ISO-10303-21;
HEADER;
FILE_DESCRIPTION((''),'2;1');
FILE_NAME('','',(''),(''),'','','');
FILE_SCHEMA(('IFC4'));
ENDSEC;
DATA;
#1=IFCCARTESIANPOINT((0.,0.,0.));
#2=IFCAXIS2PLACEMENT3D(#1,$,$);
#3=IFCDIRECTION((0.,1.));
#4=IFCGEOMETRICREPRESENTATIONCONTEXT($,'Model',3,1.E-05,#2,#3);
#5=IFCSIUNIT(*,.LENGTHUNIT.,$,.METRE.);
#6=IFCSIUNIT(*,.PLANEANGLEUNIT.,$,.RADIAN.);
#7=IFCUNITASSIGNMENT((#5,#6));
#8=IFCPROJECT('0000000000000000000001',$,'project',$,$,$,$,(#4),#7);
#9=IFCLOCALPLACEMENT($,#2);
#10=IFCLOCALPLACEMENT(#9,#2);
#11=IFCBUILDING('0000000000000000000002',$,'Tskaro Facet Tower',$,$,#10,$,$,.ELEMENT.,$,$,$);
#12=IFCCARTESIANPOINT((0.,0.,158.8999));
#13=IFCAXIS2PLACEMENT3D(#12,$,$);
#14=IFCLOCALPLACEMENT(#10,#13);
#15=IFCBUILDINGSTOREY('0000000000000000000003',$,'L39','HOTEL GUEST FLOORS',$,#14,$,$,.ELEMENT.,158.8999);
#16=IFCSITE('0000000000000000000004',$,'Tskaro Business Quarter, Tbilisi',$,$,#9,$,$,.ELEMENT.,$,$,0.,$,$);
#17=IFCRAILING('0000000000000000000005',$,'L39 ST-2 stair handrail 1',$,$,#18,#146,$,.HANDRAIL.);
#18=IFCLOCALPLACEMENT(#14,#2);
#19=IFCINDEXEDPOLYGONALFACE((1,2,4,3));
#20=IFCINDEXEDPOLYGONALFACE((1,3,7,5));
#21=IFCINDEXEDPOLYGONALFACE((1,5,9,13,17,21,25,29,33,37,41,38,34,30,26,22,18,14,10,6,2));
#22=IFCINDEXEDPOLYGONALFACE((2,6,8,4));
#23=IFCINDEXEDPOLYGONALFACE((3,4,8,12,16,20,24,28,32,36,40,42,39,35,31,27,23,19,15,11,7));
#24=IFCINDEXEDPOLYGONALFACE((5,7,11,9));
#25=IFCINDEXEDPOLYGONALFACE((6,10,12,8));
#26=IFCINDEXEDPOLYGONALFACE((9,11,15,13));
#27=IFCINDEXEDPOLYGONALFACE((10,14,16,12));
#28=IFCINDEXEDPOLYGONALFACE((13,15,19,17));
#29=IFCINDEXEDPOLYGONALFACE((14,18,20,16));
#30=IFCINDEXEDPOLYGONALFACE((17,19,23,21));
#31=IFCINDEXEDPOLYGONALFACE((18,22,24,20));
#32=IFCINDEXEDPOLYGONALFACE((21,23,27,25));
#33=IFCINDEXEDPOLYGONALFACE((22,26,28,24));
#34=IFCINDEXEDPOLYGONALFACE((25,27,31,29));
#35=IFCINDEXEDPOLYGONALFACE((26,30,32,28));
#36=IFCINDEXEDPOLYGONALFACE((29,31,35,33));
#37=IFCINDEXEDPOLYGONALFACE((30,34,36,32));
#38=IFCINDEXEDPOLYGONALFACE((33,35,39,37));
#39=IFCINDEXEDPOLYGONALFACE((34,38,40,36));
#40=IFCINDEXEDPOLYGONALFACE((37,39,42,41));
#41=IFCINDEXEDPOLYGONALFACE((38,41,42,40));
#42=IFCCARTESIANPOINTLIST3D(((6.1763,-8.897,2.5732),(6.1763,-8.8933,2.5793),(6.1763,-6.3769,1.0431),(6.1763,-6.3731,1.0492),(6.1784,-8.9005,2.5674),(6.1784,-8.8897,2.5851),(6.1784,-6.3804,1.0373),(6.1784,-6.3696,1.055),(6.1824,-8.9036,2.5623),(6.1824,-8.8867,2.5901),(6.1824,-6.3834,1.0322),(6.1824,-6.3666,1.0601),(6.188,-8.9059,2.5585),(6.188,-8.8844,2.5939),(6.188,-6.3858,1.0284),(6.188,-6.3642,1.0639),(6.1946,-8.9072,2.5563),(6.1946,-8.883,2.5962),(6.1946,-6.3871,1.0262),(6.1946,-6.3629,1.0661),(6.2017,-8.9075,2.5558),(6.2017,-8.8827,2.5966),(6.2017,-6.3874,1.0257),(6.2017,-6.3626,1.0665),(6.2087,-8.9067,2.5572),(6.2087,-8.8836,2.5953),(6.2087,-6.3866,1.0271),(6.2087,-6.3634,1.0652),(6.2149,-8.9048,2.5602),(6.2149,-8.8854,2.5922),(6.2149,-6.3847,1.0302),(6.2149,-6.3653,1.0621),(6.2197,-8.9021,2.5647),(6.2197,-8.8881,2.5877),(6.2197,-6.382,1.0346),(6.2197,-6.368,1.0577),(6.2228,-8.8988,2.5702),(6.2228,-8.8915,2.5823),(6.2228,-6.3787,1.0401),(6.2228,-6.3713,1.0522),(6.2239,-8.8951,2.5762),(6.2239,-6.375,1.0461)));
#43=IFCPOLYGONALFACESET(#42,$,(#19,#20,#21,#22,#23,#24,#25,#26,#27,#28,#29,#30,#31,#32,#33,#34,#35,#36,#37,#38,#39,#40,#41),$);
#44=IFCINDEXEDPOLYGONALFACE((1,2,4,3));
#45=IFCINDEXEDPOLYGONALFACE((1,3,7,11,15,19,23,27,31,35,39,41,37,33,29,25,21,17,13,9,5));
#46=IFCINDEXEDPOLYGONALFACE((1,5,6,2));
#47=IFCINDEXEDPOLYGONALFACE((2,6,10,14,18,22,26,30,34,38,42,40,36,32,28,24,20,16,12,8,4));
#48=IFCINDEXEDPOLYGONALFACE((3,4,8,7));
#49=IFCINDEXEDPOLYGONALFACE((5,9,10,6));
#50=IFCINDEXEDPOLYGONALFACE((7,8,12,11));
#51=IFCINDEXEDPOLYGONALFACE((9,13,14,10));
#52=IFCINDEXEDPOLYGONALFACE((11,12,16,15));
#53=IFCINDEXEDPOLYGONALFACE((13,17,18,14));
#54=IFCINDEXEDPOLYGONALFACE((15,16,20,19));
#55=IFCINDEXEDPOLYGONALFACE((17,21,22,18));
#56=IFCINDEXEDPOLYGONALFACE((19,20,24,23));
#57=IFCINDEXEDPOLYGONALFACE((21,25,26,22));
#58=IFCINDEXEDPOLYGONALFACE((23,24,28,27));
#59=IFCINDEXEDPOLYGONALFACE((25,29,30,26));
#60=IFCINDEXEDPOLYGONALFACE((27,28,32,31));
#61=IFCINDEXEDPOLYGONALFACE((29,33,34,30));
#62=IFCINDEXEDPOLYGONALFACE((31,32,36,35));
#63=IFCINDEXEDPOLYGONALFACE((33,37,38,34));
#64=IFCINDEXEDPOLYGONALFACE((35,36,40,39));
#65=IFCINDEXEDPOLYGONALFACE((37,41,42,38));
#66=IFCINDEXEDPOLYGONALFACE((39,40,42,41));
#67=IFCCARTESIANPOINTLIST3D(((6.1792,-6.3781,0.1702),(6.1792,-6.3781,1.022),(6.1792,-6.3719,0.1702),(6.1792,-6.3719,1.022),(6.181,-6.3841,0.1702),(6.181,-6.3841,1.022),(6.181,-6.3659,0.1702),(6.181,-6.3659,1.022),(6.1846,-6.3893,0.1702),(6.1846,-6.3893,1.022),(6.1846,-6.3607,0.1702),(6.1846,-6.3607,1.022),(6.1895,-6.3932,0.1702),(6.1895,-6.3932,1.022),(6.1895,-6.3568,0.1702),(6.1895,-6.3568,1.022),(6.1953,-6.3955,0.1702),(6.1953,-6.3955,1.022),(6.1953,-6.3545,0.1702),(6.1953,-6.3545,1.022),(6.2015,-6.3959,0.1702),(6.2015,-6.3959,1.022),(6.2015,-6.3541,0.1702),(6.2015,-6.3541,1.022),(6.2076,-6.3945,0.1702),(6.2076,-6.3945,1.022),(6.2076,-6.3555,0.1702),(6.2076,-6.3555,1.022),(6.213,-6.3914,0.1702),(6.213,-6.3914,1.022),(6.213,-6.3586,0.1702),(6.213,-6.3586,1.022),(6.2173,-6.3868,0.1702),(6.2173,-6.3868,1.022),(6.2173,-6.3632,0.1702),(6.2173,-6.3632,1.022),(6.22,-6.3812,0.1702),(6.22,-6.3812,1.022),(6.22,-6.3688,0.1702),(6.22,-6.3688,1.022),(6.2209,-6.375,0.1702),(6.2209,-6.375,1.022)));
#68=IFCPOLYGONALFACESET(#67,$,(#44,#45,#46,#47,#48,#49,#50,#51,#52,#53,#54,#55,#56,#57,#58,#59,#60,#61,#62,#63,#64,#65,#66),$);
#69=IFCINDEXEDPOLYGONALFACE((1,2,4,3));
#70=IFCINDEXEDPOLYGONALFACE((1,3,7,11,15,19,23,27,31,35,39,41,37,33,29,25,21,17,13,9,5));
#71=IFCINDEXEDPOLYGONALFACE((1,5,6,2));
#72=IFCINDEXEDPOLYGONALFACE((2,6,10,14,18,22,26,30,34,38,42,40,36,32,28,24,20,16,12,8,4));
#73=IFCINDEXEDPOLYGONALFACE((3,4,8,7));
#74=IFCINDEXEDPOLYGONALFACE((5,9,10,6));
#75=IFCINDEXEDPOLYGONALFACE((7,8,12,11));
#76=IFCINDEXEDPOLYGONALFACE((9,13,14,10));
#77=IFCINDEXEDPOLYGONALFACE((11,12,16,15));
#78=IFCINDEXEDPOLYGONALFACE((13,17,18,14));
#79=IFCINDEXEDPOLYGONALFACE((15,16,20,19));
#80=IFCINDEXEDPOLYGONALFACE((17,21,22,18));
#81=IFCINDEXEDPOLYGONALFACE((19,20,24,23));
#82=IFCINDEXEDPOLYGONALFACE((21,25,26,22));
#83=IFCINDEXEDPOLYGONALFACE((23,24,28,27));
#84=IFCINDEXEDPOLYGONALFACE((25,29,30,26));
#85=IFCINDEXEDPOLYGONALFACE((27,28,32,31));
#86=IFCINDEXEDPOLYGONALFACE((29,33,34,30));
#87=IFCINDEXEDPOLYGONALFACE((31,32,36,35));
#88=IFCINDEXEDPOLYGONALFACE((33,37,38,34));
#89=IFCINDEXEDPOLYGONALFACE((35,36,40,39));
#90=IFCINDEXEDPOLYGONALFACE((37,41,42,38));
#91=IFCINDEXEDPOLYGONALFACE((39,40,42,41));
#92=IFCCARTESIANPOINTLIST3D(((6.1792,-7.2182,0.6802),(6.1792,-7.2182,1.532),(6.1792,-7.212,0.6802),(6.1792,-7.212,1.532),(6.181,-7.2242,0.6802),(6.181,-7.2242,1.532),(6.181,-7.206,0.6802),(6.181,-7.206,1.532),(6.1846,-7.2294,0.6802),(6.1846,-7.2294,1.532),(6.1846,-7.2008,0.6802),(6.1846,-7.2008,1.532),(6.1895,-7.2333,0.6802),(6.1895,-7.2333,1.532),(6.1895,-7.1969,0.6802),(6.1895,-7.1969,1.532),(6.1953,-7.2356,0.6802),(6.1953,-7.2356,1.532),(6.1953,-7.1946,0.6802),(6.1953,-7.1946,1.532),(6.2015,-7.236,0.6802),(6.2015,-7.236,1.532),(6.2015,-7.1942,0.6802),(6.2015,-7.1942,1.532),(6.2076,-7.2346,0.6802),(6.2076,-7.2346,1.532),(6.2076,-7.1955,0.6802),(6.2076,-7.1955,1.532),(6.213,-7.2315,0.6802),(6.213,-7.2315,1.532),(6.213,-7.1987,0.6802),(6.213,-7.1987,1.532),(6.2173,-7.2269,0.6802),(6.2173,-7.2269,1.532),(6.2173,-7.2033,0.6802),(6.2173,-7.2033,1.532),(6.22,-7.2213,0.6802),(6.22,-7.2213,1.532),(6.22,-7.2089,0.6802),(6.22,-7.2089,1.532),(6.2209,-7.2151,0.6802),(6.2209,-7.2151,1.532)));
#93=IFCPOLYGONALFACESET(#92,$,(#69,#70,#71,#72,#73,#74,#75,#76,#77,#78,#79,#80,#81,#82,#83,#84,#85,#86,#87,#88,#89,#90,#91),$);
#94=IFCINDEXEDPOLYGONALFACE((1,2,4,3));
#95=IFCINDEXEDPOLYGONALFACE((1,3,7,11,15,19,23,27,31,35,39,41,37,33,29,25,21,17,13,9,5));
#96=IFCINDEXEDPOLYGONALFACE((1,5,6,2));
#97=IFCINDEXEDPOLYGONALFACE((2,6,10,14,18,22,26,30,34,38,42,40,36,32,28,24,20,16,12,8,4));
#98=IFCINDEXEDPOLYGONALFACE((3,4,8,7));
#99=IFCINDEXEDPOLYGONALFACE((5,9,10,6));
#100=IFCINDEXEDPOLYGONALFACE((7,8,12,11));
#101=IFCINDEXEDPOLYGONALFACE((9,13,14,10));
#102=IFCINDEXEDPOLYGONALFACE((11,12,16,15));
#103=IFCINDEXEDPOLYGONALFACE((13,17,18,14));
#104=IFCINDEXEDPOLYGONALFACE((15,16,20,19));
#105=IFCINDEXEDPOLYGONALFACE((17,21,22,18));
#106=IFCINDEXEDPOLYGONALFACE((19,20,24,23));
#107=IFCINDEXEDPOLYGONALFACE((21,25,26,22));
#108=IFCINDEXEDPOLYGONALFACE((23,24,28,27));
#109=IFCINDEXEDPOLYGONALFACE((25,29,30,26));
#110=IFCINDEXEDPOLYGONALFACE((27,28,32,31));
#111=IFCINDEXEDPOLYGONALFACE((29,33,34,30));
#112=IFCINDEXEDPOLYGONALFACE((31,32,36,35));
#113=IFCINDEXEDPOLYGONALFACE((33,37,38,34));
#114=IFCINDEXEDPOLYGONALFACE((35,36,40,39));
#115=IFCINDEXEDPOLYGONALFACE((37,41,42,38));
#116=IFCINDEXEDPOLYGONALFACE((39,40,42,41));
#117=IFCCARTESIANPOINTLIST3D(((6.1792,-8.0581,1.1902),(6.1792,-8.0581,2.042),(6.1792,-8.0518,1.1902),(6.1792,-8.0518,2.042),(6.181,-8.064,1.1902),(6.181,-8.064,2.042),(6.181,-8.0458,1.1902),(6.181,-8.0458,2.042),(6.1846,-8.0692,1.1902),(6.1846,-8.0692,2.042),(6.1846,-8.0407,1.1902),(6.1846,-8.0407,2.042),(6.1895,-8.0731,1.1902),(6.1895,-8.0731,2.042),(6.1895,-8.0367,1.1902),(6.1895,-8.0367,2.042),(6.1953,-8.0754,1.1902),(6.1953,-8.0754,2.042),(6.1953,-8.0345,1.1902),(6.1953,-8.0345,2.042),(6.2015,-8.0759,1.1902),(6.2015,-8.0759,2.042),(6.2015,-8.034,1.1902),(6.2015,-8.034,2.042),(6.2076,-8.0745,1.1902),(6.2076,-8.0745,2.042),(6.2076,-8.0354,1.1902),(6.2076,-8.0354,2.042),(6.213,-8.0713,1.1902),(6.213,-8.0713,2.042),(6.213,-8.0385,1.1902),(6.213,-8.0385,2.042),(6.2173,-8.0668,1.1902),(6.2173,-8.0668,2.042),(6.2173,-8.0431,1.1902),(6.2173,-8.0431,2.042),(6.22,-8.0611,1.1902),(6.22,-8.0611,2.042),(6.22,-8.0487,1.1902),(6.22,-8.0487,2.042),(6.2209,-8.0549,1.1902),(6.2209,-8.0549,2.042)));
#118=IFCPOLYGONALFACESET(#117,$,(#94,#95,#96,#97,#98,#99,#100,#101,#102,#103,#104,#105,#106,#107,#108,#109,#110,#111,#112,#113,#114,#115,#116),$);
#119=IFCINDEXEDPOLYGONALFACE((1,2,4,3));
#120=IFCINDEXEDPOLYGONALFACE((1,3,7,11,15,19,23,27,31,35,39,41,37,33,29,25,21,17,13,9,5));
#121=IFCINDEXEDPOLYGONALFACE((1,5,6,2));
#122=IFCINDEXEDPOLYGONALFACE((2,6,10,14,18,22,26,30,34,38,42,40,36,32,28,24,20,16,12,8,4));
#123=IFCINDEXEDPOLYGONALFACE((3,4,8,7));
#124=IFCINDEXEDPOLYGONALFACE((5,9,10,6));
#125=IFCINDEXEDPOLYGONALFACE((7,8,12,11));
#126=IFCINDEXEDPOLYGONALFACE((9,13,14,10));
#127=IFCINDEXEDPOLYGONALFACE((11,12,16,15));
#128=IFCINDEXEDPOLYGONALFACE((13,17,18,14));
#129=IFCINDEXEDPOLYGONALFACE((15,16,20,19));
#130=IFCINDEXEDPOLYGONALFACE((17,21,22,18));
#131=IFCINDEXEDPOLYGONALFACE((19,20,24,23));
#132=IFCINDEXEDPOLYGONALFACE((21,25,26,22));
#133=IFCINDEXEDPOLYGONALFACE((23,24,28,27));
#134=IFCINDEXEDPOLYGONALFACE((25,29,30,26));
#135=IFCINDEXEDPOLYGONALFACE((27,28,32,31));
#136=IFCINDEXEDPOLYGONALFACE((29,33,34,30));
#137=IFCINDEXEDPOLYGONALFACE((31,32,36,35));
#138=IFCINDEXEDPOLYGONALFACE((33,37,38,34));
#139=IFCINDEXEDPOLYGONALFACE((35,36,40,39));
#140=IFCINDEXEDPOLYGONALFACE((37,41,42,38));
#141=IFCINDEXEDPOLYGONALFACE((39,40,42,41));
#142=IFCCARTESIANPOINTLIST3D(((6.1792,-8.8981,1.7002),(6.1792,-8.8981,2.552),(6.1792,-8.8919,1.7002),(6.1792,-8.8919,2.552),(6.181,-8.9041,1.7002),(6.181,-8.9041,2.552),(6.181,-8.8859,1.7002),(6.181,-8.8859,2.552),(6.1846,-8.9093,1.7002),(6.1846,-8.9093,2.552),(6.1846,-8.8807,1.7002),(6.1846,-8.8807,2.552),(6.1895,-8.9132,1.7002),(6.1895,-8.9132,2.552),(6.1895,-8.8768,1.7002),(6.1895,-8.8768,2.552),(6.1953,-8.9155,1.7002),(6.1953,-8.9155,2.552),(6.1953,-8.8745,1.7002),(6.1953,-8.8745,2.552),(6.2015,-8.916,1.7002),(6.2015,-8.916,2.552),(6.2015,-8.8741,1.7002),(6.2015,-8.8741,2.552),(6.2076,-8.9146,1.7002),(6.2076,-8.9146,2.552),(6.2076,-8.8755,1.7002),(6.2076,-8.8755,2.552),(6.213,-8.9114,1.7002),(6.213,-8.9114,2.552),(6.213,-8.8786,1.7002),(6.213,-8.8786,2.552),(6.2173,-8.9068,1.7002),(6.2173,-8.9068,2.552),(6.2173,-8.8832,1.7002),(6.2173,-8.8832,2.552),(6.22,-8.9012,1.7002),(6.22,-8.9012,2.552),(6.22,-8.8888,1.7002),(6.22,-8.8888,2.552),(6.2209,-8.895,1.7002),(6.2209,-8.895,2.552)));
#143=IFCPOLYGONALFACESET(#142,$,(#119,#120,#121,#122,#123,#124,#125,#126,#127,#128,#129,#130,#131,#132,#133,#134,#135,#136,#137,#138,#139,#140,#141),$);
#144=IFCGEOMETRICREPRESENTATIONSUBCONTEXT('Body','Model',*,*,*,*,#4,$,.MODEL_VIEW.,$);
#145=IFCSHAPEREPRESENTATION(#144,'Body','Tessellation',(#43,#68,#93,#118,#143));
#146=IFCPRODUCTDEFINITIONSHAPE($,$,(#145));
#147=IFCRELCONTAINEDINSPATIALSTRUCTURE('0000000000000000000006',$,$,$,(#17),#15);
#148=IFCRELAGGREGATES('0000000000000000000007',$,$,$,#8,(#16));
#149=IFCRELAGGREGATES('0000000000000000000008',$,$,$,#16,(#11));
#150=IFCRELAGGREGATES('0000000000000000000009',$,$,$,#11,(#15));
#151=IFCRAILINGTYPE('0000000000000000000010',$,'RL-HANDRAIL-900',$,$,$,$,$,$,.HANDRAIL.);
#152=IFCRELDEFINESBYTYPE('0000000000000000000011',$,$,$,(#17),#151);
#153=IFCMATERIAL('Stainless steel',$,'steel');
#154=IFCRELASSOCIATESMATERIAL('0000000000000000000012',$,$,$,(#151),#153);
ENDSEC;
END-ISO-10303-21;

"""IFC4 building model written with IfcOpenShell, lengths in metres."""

from ifc_helpers import new_model, si_unit, direction, frame, origin, origin_2d, place, context, subcontext, project, spatial, circle, extrude, material, type_object, element, save


model = new_model("IFC4")

# Units and contexts
model_context = context("Model", 3, precision=1e-05, world=origin(), true_north=direction((0.0, 1.0)))
body_context = subcontext(model_context, "Body", "Model", "MODEL_VIEW")
ifc_project = project(units=[si_unit("LENGTHUNIT", "METRE"), si_unit("PLANEANGLEUNIT", "RADIAN")], contexts=[model_context])

# Site, building, storey
site_placement = place(None, origin())
site = spatial("IfcSite", under=ifc_project, at=site_placement, Name="Tskaro Business Quarter, Tbilisi", CompositionType="ELEMENT", RefElevation=0.0)
building_placement = place(site_placement, origin())
building = spatial("IfcBuilding", under=site, at=building_placement, Name="Tskaro Facet Tower", CompositionType="ELEMENT")
storey_placement = place(building_placement, frame((0.0, 0.0, 158.8999)))
storey = spatial("IfcBuildingStorey", under=building, at=storey_placement, Name="L39", Description="HOTEL GUEST FLOORS", CompositionType="ELEMENT", Elevation=158.8999)

# Railing
ifc_material_1 = material(Name="Stainless steel", Category="steel")
railing_type_1 = type_object("IfcRailingType", Name="RL-HANDRAIL-900", PredefinedType="HANDRAIL", material=ifc_material_1)
railing_1_placement = place(storey_placement, frame((6.2, -6.375, 0.1702)))
element("IfcRailing", 1, at=railing_1_placement, inside=storey, type_object=railing_type_1, Name="L39 ST-2 stair handrail 1", PredefinedType="HANDRAIL", context=body_context, shape_type="SweptSolid", body=[
    extrude(circle(Radius=0.0239, at=origin_2d()), frame((0.0, 0.0, 0.876), z_axis=(0.0, -0.854785, 0.518982), x_axis=(1.0, 0.0, 0.0)), (0.0, 0.0, 1.0), 2.9482),
    extrude(circle(Radius=0.021, at=origin_2d()), origin(), (0.0, 0.0, 1.0), 0.8518),
    extrude(circle(Radius=0.021, at=origin_2d()), frame((0.0, -0.8401, 0.51)), (0.0, 0.0, 1.0), 0.8518),
    extrude(circle(Radius=0.021, at=origin_2d()), frame((0.0, -1.6799, 1.02)), (0.0, 0.0, 1.0), 0.8518),
    extrude(circle(Radius=0.021, at=origin_2d()), frame((0.0, -2.52, 1.53)), (0.0, 0.0, 1.0), 0.8518),
])

save(model, "model.ifc")
